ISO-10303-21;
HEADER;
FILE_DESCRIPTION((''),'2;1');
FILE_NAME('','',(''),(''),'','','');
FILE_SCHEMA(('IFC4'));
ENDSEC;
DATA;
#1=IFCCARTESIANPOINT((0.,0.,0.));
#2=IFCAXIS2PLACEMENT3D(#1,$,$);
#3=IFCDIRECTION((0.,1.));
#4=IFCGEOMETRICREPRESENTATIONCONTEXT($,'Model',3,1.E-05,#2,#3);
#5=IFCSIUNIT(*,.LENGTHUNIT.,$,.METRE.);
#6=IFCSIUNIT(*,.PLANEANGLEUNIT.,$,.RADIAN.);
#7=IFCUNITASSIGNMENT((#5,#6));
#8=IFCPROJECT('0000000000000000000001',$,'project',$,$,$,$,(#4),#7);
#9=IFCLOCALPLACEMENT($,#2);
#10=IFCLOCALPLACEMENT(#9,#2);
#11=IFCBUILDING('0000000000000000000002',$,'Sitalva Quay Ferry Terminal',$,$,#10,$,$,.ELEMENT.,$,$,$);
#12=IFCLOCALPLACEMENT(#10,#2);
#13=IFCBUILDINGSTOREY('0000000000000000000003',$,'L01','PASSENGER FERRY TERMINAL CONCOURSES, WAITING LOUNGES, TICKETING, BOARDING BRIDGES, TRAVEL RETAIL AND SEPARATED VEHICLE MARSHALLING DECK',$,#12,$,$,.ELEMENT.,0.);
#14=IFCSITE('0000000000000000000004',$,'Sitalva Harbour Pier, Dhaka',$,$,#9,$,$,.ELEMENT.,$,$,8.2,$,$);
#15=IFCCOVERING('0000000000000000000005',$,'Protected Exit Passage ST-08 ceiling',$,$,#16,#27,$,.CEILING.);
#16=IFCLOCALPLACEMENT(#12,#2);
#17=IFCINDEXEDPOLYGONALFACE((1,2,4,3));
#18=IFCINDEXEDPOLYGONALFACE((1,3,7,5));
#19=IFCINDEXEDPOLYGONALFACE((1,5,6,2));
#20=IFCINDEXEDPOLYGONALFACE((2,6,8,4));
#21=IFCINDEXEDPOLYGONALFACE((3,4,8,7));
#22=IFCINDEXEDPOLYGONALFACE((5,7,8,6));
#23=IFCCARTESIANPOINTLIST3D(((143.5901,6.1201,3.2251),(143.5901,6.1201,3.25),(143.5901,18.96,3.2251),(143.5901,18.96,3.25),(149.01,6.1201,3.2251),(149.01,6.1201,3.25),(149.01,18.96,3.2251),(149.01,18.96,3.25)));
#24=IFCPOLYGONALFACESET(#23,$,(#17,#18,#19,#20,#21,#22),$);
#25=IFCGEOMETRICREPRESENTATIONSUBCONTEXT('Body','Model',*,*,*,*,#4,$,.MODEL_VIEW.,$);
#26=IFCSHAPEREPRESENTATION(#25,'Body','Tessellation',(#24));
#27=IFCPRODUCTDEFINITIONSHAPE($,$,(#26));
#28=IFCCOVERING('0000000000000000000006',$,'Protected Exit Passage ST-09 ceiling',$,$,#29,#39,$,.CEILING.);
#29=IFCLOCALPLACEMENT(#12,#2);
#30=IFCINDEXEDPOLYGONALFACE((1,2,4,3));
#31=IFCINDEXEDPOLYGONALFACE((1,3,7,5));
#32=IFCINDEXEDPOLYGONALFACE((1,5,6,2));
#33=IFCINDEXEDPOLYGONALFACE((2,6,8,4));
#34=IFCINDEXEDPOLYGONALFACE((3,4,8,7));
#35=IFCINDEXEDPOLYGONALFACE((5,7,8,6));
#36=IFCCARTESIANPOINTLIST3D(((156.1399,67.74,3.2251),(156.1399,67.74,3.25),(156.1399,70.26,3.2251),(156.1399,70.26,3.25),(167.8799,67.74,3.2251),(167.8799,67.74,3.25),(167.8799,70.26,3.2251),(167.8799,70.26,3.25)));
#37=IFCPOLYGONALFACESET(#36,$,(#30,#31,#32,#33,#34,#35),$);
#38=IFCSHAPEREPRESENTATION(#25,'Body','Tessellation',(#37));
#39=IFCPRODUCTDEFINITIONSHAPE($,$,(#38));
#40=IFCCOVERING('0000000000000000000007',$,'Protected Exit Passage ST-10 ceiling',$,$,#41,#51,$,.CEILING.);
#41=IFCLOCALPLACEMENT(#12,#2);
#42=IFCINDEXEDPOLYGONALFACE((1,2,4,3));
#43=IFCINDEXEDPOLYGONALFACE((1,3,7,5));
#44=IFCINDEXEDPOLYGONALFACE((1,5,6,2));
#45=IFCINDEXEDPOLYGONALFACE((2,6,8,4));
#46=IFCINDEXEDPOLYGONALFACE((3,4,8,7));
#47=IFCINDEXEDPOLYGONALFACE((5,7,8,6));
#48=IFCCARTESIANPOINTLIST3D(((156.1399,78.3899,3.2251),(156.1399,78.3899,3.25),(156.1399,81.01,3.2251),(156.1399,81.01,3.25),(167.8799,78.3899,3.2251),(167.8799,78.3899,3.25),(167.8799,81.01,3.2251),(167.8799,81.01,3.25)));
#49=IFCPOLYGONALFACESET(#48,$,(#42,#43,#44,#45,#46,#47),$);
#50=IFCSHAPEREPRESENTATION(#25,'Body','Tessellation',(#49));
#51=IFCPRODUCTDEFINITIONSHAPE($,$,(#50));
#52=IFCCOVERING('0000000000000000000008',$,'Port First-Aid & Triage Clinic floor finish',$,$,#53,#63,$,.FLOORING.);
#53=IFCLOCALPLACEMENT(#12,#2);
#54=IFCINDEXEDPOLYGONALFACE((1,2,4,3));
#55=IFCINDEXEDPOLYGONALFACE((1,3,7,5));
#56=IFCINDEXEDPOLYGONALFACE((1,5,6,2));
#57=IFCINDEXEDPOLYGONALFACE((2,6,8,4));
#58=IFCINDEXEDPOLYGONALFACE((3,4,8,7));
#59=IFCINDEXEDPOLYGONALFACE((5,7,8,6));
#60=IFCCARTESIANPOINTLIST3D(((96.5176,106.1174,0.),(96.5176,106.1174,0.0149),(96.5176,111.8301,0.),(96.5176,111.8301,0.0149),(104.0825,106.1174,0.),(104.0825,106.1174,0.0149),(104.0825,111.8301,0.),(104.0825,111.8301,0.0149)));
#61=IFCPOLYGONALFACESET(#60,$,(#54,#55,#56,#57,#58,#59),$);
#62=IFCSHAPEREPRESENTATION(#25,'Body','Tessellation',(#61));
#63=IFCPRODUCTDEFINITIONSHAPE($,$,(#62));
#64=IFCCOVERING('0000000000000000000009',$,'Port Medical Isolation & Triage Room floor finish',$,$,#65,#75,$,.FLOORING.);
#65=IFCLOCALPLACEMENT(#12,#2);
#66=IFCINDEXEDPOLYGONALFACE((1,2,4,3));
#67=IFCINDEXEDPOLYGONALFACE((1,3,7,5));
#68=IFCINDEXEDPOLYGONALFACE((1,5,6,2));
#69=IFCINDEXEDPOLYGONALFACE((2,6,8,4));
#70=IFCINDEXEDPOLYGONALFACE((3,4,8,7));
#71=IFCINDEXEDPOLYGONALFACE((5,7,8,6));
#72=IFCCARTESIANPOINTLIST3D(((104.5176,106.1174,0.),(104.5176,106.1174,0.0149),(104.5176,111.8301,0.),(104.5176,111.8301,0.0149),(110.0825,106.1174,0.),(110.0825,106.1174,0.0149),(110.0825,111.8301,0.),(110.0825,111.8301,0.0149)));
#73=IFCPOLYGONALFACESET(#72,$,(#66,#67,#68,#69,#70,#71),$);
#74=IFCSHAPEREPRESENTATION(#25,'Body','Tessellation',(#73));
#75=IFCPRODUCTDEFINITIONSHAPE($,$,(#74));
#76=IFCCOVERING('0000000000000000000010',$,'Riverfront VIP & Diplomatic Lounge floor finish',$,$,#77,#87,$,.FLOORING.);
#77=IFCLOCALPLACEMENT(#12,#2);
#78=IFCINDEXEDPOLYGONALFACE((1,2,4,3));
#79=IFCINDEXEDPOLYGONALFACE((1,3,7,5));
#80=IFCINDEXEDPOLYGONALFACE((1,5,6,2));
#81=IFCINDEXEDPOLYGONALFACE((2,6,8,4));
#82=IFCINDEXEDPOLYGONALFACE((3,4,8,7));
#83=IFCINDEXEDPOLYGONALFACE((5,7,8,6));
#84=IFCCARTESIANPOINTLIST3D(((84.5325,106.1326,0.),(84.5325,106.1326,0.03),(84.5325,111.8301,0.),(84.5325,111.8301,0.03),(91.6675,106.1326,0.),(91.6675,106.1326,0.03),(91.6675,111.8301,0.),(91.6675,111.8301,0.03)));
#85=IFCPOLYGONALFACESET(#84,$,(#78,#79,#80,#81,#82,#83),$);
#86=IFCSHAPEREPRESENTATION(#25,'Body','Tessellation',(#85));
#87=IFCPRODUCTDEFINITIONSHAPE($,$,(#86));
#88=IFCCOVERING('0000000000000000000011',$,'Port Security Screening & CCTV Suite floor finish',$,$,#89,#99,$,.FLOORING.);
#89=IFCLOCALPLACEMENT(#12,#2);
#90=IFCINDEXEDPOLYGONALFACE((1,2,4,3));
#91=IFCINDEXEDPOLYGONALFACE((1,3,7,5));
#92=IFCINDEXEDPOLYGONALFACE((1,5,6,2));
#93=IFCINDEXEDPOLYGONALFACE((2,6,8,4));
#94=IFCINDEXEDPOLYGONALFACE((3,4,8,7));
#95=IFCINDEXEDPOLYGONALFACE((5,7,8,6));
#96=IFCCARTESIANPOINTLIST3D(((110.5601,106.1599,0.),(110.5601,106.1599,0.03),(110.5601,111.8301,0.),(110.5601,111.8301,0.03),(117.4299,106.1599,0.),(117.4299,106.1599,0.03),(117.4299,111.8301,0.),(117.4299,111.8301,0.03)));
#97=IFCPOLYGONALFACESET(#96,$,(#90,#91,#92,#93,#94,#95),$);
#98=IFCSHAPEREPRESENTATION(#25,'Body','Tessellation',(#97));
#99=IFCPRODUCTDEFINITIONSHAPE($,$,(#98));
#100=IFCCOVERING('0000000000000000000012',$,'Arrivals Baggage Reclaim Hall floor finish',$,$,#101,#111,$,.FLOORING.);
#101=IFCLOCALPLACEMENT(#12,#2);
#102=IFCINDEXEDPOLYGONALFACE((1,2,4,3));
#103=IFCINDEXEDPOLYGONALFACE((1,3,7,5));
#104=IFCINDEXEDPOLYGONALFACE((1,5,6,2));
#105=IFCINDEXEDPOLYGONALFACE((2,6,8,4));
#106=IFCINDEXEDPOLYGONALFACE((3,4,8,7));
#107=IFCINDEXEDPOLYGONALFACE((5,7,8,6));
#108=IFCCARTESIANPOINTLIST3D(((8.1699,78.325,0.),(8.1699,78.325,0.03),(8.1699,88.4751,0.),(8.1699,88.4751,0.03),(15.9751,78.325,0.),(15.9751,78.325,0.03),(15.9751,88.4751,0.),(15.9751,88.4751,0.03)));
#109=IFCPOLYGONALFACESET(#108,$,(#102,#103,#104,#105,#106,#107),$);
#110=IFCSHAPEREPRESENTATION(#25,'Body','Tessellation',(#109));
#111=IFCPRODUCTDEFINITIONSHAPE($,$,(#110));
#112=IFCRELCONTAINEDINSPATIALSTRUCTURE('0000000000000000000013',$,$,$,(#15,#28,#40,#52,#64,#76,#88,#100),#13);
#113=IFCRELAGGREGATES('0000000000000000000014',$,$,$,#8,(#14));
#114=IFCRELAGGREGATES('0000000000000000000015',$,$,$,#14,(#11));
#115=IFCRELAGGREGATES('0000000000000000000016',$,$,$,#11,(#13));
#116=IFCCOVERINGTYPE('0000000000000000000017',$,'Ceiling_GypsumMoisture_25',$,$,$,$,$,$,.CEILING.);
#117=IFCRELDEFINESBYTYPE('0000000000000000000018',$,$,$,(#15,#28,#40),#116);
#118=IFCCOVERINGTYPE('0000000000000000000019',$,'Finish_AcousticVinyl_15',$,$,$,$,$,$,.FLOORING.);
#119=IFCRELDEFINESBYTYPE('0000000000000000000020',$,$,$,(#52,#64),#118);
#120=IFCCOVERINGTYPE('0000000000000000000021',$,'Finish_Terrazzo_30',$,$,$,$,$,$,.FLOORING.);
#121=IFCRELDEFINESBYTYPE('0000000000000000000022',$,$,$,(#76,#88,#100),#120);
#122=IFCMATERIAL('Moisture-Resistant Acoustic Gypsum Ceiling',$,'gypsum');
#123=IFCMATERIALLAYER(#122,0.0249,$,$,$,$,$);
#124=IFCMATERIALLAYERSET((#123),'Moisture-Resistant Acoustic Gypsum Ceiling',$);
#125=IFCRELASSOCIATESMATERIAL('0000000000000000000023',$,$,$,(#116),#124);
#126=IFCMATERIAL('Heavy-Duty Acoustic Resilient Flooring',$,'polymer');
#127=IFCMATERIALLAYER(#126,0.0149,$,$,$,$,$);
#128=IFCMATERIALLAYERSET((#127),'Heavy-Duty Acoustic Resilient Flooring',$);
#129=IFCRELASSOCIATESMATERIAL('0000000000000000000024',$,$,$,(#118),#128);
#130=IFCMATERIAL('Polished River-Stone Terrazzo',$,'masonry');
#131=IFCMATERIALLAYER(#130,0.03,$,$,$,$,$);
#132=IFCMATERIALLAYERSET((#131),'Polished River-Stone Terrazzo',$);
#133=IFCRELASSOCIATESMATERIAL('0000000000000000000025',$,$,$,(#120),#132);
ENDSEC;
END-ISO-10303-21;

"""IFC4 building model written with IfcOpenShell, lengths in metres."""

from ifc_helpers import new_model, si_unit, direction, frame, origin, place, context, subcontext, project, spatial, polyline, outline, extrude, material, layer, layer_set, type_object, element, save


model = new_model("IFC4")

# Units and contexts
model_context = context("Model", 3, precision=1e-05, world=origin(), true_north=direction((0.0, 1.0)))
body_context = subcontext(model_context, "Body", "Model", "MODEL_VIEW")
ifc_project = project(units=[si_unit("LENGTHUNIT", "METRE"), si_unit("PLANEANGLEUNIT", "RADIAN")], contexts=[model_context])

# Site, building, storey
site_placement = place(None, origin())
site = spatial("IfcSite", under=ifc_project, at=site_placement, Name="Sitalva Harbour Pier, Dhaka", CompositionType="ELEMENT", RefElevation=8.2)
building_placement = place(site_placement, origin())
building = spatial("IfcBuilding", under=site, at=building_placement, Name="Sitalva Quay Ferry Terminal", CompositionType="ELEMENT")
storey_placement = place(building_placement, origin())
storey = spatial("IfcBuildingStorey", under=building, at=storey_placement, Name="L01", Description="PASSENGER FERRY TERMINAL CONCOURSES, WAITING LOUNGES, TICKETING, BOARDING BRIDGES, TRAVEL RETAIL AND SEPARATED VEHICLE MARSHALLING DECK", CompositionType="ELEMENT", Elevation=0.0)

# Coverings
ifc_material_1 = material(Name="Moisture-Resistant Acoustic Gypsum Ceiling", Category="gypsum")
ifc_layer_1 = layer(ifc_material_1, 0.0249)
ifc_layer_set_1 = layer_set([ifc_layer_1], Name="Moisture-Resistant Acoustic Gypsum Ceiling")
covering_type_1 = type_object("IfcCoveringType", Name="Ceiling_GypsumMoisture_25", PredefinedType="CEILING", material=ifc_layer_set_1)
covering_1_placement = place(storey_placement, frame((0.0, 0.0, 3.2251)))
element("IfcCovering", 1, at=covering_1_placement, inside=storey, type_object=covering_type_1, Name="Protected Exit Passage ST-08 ceiling", PredefinedType="CEILING", context=body_context, shape_type="SweptSolid", body=[
    extrude(outline(polyline([(143.5901, 6.1201), (149.01, 6.1201), (149.01, 18.96), (143.5901, 18.96), (143.5901, 6.1201)])), origin(), (0.0, 0.0, 1.0), 0.0249),
])
covering_2_placement = place(storey_placement, frame((0.0, 0.0, 3.2251)))
element("IfcCovering", 2, at=covering_2_placement, inside=storey, type_object=covering_type_1, Name="Protected Exit Passage ST-09 ceiling", PredefinedType="CEILING", context=body_context, shape_type="SweptSolid", body=[
    extrude(outline(polyline([(156.1399, 67.74), (167.8799, 67.74), (167.8799, 70.26), (156.1399, 70.26), (156.1399, 67.74)])), origin(), (0.0, 0.0, 1.0), 0.0249),
])
covering_3_placement = place(storey_placement, frame((0.0, 0.0, 3.2251)))
element("IfcCovering", 3, at=covering_3_placement, inside=storey, type_object=covering_type_1, Name="Protected Exit Passage ST-10 ceiling", PredefinedType="CEILING", context=body_context, shape_type="SweptSolid", body=[
    extrude(outline(polyline([(156.1399, 78.3899), (167.8799, 78.3899), (167.8799, 81.01), (156.1399, 81.01), (156.1399, 78.3899)])), origin(), (0.0, 0.0, 1.0), 0.0249),
])
ifc_material_2 = material(Name="Heavy-Duty Acoustic Resilient Flooring", Category="polymer")
ifc_layer_2 = layer(ifc_material_2, 0.0149)
ifc_layer_set_2 = layer_set([ifc_layer_2], Name="Heavy-Duty Acoustic Resilient Flooring")
covering_type_2 = type_object("IfcCoveringType", Name="Finish_AcousticVinyl_15", PredefinedType="FLOORING", material=ifc_layer_set_2)
covering_4_placement = place(storey_placement, origin())
element("IfcCovering", 4, at=covering_4_placement, inside=storey, type_object=covering_type_2, Name="Port First-Aid & Triage Clinic floor finish", PredefinedType="FLOORING", context=body_context, shape_type="SweptSolid", body=[
    extrude(outline(polyline([(96.5176, 106.1174), (104.0825, 106.1174), (104.0825, 111.8301), (96.5176, 111.8301), (96.5176, 106.1174)])), origin(), (0.0, 0.0, 1.0), 0.0149),
])
covering_5_placement = place(storey_placement, origin())
element("IfcCovering", 5, at=covering_5_placement, inside=storey, type_object=covering_type_2, Name="Port Medical Isolation & Triage Room floor finish", PredefinedType="FLOORING", context=body_context, shape_type="SweptSolid", body=[
    extrude(outline(polyline([(104.5176, 106.1174), (110.0825, 106.1174), (110.0825, 111.8301), (104.5176, 111.8301), (104.5176, 106.1174)])), origin(), (0.0, 0.0, 1.0), 0.0149),
])
ifc_material_3 = material(Name="Polished River-Stone Terrazzo", Category="masonry")
ifc_layer_3 = layer(ifc_material_3, 0.03)
ifc_layer_set_3 = layer_set([ifc_layer_3], Name="Polished River-Stone Terrazzo")
covering_type_3 = type_object("IfcCoveringType", Name="Finish_Terrazzo_30", PredefinedType="FLOORING", material=ifc_layer_set_3)
covering_6_placement = place(storey_placement, origin())
element("IfcCovering", 6, at=covering_6_placement, inside=storey, type_object=covering_type_3, Name="Riverfront VIP & Diplomatic Lounge floor finish", PredefinedType="FLOORING", context=body_context, shape_type="SweptSolid", body=[
    extrude(outline(polyline([(84.5325, 106.1326), (91.6675, 106.1326), (91.6675, 111.8301), (84.5325, 111.8301), (84.5325, 106.1326)])), origin(), (0.0, 0.0, 1.0), 0.03),
])
covering_7_placement = place(storey_placement, origin())
element("IfcCovering", 7, at=covering_7_placement, inside=storey, type_object=covering_type_3, Name="Port Security Screening & CCTV Suite floor finish", PredefinedType="FLOORING", context=body_context, shape_type="SweptSolid", body=[
    extrude(outline(polyline([(110.5601, 106.1599), (117.4299, 106.1599), (117.4299, 111.8301), (110.5601, 111.8301), (110.5601, 106.1599)])), origin(), (0.0, 0.0, 1.0), 0.03),
])
covering_8_placement = place(storey_placement, origin())
element("IfcCovering", 8, at=covering_8_placement, inside=storey, type_object=covering_type_3, Name="Arrivals Baggage Reclaim Hall floor finish", PredefinedType="FLOORING", context=body_context, shape_type="SweptSolid", body=[
    extrude(outline(polyline([(8.1699, 78.325), (15.9751, 78.325), (15.9751, 88.4751), (8.1699, 88.4751), (8.1699, 78.325)])), origin(), (0.0, 0.0, 1.0), 0.03),
])

save(model, "model.ifc")
